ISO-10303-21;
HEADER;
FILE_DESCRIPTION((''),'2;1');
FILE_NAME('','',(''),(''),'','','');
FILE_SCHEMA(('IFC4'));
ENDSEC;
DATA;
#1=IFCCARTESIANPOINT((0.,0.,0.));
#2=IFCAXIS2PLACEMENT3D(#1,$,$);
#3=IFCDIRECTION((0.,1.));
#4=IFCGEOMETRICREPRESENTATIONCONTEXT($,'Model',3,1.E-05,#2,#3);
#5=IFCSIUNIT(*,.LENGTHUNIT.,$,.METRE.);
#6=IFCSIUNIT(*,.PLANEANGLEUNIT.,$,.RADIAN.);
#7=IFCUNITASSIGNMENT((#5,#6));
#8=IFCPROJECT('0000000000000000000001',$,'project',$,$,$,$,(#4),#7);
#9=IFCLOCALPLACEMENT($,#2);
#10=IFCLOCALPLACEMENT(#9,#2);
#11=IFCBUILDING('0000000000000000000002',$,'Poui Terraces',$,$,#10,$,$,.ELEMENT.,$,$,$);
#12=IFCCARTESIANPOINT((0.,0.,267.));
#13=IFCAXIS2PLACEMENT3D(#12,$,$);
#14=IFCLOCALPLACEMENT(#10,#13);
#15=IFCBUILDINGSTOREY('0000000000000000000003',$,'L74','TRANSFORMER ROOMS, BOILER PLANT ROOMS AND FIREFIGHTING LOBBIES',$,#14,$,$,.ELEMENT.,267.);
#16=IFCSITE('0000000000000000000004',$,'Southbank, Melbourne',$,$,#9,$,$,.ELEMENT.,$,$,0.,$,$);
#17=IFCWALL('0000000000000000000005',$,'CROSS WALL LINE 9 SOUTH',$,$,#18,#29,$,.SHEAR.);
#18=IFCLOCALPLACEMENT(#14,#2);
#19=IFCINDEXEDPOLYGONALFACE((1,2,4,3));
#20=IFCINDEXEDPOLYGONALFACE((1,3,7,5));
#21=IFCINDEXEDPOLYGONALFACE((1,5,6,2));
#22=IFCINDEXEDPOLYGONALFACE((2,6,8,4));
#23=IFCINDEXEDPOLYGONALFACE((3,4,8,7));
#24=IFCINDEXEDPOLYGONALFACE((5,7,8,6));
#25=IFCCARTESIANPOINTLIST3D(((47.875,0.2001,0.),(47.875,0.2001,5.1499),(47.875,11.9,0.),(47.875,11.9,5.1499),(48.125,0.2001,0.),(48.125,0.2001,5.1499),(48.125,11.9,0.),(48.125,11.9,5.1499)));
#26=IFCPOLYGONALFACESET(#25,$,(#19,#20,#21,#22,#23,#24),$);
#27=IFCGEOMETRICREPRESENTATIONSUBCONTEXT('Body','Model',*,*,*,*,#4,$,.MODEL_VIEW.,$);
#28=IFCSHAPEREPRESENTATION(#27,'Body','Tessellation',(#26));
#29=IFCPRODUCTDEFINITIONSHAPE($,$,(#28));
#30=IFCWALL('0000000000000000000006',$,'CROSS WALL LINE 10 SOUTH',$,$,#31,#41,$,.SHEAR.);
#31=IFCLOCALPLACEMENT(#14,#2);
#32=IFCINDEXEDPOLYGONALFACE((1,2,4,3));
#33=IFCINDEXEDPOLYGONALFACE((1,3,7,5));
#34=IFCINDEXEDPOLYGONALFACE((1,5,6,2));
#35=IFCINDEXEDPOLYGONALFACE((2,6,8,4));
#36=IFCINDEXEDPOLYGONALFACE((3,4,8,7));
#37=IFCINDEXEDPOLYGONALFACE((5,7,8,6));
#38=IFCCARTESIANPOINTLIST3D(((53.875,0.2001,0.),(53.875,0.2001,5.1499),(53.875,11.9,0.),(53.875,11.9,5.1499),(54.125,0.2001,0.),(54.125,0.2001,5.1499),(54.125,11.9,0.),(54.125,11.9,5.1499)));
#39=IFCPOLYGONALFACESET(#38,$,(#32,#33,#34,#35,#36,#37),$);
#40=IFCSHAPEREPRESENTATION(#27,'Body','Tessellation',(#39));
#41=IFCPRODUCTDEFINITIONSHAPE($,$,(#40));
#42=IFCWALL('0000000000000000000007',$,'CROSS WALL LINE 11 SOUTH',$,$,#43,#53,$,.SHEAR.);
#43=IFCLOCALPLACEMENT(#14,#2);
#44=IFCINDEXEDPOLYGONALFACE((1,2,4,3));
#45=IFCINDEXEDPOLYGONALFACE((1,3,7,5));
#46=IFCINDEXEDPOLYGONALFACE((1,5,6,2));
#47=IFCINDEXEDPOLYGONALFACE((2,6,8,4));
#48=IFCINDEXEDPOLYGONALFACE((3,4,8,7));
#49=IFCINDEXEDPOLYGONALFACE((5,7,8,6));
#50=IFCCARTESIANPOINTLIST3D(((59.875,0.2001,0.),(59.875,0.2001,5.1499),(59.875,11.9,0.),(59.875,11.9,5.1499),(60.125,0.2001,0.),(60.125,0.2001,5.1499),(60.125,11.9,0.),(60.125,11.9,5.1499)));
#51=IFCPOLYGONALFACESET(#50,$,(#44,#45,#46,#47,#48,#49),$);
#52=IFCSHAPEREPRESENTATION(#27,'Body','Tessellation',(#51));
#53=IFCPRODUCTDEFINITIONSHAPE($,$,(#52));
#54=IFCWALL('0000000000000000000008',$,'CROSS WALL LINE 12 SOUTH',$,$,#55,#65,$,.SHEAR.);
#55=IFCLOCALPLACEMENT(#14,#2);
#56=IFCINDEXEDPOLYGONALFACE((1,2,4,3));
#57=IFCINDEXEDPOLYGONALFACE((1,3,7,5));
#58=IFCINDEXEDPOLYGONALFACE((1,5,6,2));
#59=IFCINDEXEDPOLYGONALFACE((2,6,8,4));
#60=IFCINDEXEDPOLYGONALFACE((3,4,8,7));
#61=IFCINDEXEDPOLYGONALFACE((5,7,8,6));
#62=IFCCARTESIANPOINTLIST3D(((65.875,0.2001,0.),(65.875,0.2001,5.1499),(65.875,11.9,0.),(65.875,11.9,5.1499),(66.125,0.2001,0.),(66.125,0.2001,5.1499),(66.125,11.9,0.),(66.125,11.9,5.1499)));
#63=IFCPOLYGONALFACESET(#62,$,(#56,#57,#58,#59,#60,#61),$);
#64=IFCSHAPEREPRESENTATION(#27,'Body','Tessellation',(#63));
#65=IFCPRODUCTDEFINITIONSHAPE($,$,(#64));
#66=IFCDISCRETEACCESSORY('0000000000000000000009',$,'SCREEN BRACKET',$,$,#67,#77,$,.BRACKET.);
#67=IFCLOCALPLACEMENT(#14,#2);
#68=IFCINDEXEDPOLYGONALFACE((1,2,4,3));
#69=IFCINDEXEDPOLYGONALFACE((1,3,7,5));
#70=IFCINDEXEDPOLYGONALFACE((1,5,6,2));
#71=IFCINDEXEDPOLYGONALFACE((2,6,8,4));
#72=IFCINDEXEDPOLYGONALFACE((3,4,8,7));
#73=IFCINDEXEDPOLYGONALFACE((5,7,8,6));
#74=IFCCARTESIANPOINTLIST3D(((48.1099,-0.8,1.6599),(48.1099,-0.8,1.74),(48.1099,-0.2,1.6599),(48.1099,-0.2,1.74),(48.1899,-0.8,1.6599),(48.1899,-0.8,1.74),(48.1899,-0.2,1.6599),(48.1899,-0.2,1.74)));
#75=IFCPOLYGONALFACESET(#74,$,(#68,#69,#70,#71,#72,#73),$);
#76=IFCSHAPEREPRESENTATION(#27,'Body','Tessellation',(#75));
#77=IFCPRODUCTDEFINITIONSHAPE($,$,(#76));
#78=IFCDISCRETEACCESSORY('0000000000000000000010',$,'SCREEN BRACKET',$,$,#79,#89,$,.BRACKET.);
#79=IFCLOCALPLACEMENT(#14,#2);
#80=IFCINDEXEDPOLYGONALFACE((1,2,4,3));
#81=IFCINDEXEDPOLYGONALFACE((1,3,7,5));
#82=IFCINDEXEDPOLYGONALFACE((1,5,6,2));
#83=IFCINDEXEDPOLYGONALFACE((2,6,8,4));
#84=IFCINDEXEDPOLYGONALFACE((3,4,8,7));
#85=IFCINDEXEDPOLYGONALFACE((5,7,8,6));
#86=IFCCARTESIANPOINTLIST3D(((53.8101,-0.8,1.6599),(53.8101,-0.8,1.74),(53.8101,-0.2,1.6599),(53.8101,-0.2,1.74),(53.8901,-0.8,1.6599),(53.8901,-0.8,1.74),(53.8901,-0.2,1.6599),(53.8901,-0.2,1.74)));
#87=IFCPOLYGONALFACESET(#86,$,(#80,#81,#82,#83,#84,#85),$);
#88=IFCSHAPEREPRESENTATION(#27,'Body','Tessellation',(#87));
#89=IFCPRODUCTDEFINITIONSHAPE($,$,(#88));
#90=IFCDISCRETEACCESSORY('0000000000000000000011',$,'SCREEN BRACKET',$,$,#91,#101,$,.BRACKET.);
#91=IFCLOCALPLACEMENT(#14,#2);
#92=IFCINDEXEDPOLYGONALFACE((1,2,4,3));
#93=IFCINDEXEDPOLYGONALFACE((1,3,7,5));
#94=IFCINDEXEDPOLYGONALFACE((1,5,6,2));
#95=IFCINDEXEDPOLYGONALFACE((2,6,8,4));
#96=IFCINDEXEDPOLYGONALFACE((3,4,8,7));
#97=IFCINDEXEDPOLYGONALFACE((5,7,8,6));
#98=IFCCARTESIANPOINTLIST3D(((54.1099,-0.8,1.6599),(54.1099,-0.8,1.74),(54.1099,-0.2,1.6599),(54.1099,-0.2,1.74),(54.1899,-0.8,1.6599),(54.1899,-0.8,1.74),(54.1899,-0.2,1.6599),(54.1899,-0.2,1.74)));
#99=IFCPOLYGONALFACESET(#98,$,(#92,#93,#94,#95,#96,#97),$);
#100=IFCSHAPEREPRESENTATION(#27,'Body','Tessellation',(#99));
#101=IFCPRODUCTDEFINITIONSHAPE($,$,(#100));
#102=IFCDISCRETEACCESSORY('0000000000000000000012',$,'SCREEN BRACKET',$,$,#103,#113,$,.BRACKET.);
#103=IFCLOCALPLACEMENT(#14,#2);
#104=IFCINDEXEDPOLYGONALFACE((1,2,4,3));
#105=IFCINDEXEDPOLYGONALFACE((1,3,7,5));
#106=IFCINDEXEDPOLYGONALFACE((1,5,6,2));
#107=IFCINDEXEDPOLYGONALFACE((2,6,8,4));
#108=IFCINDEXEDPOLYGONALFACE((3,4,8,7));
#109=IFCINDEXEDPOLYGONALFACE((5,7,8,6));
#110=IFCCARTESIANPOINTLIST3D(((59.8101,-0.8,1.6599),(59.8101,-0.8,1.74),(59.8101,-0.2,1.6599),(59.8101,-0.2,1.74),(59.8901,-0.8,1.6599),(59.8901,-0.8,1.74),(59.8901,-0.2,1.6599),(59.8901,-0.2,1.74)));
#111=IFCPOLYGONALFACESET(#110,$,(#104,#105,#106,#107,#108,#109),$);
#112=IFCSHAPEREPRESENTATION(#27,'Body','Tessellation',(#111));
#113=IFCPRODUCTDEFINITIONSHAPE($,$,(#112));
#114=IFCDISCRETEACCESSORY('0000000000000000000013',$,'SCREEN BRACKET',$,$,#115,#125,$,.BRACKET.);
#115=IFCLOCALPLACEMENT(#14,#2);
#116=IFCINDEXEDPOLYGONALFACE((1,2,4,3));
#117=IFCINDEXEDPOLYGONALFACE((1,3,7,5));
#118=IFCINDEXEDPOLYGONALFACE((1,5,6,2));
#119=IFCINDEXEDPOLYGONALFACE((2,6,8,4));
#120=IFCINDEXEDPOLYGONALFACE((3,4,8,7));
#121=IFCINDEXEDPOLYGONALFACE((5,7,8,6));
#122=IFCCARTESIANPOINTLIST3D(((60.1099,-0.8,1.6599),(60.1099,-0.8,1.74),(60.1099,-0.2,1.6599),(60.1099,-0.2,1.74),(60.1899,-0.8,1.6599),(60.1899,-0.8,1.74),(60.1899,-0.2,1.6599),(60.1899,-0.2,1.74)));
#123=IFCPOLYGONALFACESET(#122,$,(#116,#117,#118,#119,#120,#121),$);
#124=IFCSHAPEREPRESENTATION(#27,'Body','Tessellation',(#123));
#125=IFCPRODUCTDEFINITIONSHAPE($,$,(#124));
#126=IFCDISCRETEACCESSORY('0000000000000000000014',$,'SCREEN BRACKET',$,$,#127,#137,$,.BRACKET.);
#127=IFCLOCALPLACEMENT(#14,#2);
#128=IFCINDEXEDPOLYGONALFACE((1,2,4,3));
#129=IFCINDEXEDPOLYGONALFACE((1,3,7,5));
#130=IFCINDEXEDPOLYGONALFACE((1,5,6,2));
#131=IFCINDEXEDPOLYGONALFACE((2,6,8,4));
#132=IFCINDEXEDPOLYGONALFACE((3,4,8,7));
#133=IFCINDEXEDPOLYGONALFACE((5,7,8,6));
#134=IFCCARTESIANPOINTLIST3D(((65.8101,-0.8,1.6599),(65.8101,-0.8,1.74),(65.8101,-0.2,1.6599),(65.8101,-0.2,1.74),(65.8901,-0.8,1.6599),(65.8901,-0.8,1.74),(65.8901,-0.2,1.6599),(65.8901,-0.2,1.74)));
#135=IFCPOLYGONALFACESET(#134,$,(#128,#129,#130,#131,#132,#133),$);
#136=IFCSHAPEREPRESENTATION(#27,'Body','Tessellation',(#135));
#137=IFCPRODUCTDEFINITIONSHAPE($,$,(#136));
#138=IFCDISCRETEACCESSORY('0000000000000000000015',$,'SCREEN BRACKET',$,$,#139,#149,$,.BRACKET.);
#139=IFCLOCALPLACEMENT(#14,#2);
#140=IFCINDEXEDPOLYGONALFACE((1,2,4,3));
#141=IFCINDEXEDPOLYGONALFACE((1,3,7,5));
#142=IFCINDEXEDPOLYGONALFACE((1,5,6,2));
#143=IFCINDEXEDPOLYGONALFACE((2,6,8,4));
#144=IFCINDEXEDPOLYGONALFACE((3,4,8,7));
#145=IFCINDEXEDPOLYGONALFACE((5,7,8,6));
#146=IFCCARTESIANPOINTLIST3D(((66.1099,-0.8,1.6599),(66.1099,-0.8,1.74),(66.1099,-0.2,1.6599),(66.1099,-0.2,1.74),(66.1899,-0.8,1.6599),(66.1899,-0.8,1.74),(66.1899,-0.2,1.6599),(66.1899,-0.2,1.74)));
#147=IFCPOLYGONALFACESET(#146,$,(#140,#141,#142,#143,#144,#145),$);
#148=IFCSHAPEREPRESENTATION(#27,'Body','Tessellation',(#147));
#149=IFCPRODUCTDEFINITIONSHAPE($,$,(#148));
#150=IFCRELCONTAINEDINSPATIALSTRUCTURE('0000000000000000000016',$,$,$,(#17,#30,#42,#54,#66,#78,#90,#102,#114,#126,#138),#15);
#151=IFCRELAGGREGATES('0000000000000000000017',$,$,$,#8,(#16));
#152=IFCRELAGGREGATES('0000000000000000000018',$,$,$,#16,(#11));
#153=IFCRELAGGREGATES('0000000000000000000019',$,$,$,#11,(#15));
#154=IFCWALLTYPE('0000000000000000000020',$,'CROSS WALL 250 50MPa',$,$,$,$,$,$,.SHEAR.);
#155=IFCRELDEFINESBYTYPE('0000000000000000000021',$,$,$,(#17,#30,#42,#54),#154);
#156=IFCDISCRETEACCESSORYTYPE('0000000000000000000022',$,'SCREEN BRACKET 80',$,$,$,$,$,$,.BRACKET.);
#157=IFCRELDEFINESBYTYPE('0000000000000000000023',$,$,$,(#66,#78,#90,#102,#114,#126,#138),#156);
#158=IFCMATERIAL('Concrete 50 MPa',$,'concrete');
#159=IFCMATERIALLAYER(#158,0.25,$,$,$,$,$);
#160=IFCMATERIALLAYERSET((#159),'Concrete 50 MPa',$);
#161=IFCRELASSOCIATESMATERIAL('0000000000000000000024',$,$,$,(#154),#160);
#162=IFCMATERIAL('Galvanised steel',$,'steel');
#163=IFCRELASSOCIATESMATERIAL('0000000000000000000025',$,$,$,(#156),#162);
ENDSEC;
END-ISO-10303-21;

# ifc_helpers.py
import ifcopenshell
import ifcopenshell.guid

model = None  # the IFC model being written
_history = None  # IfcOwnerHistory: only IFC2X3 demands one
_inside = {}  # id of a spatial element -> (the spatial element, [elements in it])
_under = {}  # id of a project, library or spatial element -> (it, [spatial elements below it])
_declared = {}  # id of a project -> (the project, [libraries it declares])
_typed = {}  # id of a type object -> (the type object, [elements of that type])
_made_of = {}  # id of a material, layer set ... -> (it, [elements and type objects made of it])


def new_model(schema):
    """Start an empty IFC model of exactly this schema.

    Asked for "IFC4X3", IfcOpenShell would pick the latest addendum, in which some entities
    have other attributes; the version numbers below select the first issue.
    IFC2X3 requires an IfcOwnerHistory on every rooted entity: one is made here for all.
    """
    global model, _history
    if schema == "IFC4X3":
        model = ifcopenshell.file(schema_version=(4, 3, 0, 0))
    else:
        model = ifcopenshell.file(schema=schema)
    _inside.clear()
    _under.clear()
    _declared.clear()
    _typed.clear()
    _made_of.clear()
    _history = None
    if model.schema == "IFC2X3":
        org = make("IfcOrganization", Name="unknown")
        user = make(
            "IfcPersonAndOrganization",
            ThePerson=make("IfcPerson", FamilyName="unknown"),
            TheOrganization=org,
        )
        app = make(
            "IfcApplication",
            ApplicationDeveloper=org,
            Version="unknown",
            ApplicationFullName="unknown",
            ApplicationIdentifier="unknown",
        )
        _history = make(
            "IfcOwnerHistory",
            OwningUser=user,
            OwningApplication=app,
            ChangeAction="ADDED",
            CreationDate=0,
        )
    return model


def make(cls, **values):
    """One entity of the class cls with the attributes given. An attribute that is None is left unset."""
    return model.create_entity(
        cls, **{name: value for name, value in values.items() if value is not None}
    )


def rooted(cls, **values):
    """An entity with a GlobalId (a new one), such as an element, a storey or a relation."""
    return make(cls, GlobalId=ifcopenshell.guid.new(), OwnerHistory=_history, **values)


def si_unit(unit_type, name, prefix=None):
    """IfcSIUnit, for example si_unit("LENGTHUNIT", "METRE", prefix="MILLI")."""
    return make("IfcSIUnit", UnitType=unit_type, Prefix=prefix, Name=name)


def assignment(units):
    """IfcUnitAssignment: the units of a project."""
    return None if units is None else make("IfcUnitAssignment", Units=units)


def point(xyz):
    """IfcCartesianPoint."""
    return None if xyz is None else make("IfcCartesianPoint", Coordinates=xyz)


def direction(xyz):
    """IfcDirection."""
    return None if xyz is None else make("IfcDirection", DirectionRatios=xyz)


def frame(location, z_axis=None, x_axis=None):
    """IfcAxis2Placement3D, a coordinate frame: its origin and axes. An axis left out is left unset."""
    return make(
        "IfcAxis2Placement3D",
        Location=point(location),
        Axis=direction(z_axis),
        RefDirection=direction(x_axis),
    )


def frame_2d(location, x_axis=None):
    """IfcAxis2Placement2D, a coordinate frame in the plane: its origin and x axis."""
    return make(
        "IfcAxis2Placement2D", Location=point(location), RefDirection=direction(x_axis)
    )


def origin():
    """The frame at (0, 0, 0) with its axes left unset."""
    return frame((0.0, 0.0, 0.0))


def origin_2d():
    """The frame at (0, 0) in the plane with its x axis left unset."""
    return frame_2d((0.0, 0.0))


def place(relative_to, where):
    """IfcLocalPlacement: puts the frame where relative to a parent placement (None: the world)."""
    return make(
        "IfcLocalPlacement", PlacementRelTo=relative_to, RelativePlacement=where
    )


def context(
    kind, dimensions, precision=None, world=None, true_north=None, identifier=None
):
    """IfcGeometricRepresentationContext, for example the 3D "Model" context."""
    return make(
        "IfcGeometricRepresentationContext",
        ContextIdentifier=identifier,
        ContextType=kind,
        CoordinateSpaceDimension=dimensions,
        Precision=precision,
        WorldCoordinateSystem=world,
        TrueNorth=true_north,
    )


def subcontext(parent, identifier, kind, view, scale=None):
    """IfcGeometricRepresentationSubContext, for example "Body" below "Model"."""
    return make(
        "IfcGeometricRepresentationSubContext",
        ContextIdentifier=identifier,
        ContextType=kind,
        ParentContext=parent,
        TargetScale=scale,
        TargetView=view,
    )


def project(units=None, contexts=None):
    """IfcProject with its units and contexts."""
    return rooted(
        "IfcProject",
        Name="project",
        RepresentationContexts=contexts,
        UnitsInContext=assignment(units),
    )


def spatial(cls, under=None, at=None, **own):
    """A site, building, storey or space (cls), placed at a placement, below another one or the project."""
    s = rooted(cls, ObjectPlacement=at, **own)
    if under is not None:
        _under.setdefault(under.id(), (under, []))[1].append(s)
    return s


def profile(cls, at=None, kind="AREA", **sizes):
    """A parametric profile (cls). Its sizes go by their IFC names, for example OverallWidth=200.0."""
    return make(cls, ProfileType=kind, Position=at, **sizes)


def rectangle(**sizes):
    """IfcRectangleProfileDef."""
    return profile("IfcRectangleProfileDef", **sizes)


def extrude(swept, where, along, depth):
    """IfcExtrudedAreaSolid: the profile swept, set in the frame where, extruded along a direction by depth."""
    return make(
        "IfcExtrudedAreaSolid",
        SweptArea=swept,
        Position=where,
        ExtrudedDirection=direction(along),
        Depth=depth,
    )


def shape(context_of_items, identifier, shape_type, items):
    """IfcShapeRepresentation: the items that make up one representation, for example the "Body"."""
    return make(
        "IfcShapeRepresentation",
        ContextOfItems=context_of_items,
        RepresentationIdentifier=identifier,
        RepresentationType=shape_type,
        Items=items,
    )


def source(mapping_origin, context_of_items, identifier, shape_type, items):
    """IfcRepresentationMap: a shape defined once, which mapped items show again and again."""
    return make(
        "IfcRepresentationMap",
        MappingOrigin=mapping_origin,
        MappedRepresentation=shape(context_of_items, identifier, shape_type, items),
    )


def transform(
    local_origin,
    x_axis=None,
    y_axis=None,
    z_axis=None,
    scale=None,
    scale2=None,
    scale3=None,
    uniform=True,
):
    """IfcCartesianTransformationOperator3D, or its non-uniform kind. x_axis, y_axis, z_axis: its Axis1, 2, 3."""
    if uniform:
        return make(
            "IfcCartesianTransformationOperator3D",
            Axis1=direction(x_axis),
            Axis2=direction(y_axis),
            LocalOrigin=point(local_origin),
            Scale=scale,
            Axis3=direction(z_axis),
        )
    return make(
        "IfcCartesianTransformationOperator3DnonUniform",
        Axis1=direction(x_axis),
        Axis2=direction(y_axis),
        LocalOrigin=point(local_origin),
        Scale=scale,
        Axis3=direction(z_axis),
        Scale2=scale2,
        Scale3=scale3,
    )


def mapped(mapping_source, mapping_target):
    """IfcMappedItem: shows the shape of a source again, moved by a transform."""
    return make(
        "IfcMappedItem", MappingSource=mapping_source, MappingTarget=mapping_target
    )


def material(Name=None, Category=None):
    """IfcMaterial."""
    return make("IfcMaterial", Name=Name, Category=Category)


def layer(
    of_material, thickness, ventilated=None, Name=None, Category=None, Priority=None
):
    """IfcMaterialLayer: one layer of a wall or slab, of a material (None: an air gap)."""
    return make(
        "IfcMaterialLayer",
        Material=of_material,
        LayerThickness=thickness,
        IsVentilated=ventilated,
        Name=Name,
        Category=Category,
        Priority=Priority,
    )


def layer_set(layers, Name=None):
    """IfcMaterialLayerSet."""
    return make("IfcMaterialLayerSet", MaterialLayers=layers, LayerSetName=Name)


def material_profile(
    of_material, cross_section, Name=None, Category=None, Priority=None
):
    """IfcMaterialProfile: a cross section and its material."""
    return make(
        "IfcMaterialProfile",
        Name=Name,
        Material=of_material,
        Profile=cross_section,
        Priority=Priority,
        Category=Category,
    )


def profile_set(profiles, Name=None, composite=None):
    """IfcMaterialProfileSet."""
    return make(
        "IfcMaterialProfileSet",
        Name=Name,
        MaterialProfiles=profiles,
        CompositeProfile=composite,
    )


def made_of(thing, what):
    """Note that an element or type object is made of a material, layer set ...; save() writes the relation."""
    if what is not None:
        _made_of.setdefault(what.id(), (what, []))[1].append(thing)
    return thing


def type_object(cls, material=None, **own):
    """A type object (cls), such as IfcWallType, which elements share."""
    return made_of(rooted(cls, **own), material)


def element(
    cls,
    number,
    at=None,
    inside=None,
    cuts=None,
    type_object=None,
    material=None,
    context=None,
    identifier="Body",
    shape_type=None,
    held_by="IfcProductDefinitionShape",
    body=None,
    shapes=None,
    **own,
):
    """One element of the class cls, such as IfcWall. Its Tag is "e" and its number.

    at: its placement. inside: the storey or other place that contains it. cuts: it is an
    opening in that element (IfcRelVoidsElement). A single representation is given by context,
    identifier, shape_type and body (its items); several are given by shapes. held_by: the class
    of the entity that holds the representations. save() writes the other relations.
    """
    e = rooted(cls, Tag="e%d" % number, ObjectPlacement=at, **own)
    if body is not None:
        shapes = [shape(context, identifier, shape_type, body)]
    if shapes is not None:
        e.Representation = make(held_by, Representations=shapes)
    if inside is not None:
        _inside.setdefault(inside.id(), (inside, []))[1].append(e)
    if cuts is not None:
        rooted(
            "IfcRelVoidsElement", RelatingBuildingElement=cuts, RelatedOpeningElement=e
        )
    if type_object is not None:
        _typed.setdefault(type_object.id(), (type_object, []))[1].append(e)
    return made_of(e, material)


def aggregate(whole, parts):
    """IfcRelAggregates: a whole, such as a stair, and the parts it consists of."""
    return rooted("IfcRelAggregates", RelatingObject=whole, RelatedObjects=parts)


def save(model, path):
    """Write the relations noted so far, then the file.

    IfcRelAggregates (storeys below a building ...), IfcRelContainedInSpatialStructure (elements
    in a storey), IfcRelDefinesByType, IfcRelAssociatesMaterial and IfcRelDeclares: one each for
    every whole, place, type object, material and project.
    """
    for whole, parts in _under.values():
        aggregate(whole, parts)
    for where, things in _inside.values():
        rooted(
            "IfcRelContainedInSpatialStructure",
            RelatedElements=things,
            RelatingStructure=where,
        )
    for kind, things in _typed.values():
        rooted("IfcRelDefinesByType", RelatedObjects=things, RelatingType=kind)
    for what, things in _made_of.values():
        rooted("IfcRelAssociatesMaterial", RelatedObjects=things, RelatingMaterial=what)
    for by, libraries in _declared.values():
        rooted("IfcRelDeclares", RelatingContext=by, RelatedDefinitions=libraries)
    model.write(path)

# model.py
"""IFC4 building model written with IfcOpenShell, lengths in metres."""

from ifc_helpers import new_model, si_unit, direction, frame, frame_2d, origin, origin_2d, place, context, subcontext, project, spatial, rectangle, extrude, source, transform, mapped, material, layer, layer_set, material_profile, profile_set, type_object, element, save


model = new_model("IFC4")

# Units and contexts
model_context = context("Model", 3, precision=1e-05, world=origin(), true_north=direction((0.0, 1.0)))
body_context = subcontext(model_context, "Body", "Model", "MODEL_VIEW")
ifc_project = project(units=[si_unit("LENGTHUNIT", "METRE"), si_unit("PLANEANGLEUNIT", "RADIAN")], contexts=[model_context])

# Site, building, storey
site_placement = place(None, origin())
site = spatial("IfcSite", under=ifc_project, at=site_placement, Name="Southbank, Melbourne", CompositionType="ELEMENT", RefElevation=0.0)
building_placement = place(site_placement, origin())
building = spatial("IfcBuilding", under=site, at=building_placement, Name="Poui Terraces", CompositionType="ELEMENT")
storey_placement = place(building_placement, frame((0.0, 0.0, 267.0)))
storey = spatial("IfcBuildingStorey", under=building, at=storey_placement, Name="L74", Description="TRANSFORMER ROOMS, BOILER PLANT ROOMS AND FIREFIGHTING LOBBIES", CompositionType="ELEMENT", Elevation=267.0)

# Walls
ifc_material_1 = material(Name="Concrete 50 MPa", Category="concrete")
ifc_layer = layer(ifc_material_1, 0.25)
ifc_layer_set = layer_set([ifc_layer], Name="Concrete 50 MPa")
wall_type = type_object("IfcWallType", Name="CROSS WALL 250 50MPa", PredefinedType="SHEAR", material=ifc_layer_set)
for number, where, z_axis, x_axis, name in (
    (1, (48.0, 0.2, 0.0), (0.0, 0.0, 1.0), (0.0, 1.0, 0.0), "CROSS WALL LINE 9 SOUTH"),
    (2, (54.0, 0.2, 0.0), (0.0, 0.0, 1.0), (0.0, 1.0, 0.0), "CROSS WALL LINE 10 SOUTH"),
    (3, (60.0, 0.2, 0.0), (0.0, 0.0, 1.0), (0.0, 1.0, 0.0), "CROSS WALL LINE 11 SOUTH"),
    (4, (66.0, 0.2, 0.0), (0.0, 0.0, 1.0), (0.0, 1.0, 0.0), "CROSS WALL LINE 12 SOUTH"),
):
    element("IfcWall", number, at=place(storey_placement, frame(where, z_axis=z_axis, x_axis=x_axis)), inside=storey, type_object=wall_type, Name=name, PredefinedType="SHEAR", context=body_context, shape_type="SweptSolid", body=[
        extrude(rectangle(XDim=11.7, YDim=0.25, at=frame_2d((5.8501, 0.0))), origin(), (0.0, 0.0, 1.0), 5.1499),
    ])

# Discrete accessories
ifc_material_2 = material(Name="Galvanised steel", Category="steel")
ifc_material_profile_1 = material_profile(ifc_material_2, rectangle(XDim=0.0801, YDim=0.0801, at=origin_2d()), Name="SCREEN BRACKET 80")
ifc_profile_set_1 = profile_set([ifc_material_profile_1], Name="Galvanised steel")
discrete_accessory_type = type_object("IfcDiscreteAccessoryType", Name="SCREEN BRACKET 80", PredefinedType="BRACKET", material=ifc_profile_set_1)
shared_shape_1 = source(origin(), body_context, "Body", "SweptSolid", [
    extrude(rectangle(XDim=0.0801, YDim=0.0801, at=origin_2d()), origin(), (0.0, 0.0, 1.0), 0.6001),
])
for number, where, z_axis, x_axis, name in (
    (5, (48.1499, -0.2, 1.7), (0.0, -1.0, 0.0), (1.0, 0.0, 0.0), "SCREEN BRACKET"),
    (6, (53.8501, -0.2, 1.7), (0.0, -1.0, 0.0), (1.0, 0.0, 0.0), "SCREEN BRACKET"),
    (7, (54.1499, -0.2, 1.7), (0.0, -1.0, 0.0), (1.0, 0.0, 0.0), "SCREEN BRACKET"),
    (8, (59.8501, -0.2, 1.7), (0.0, -1.0, 0.0), (1.0, 0.0, 0.0), "SCREEN BRACKET"),
    (9, (60.1499, -0.2, 1.7), (0.0, -1.0, 0.0), (1.0, 0.0, 0.0), "SCREEN BRACKET"),
    (10, (65.8501, -0.2, 1.7), (0.0, -1.0, 0.0), (1.0, 0.0, 0.0), "SCREEN BRACKET"),
    (11, (66.1499, -0.2, 1.7), (0.0, -1.0, 0.0), (1.0, 0.0, 0.0), "SCREEN BRACKET"),
):
    element("IfcDiscreteAccessory", number, at=place(storey_placement, frame(where, z_axis=z_axis, x_axis=x_axis)), inside=storey, type_object=discrete_accessory_type, Name=name, PredefinedType="BRACKET", context=body_context, shape_type="MappedRepresentation", body=[
        mapped(shared_shape_1, transform((0.0, 0.0, 0.0))),
    ])

save(model, "model.ifc")
